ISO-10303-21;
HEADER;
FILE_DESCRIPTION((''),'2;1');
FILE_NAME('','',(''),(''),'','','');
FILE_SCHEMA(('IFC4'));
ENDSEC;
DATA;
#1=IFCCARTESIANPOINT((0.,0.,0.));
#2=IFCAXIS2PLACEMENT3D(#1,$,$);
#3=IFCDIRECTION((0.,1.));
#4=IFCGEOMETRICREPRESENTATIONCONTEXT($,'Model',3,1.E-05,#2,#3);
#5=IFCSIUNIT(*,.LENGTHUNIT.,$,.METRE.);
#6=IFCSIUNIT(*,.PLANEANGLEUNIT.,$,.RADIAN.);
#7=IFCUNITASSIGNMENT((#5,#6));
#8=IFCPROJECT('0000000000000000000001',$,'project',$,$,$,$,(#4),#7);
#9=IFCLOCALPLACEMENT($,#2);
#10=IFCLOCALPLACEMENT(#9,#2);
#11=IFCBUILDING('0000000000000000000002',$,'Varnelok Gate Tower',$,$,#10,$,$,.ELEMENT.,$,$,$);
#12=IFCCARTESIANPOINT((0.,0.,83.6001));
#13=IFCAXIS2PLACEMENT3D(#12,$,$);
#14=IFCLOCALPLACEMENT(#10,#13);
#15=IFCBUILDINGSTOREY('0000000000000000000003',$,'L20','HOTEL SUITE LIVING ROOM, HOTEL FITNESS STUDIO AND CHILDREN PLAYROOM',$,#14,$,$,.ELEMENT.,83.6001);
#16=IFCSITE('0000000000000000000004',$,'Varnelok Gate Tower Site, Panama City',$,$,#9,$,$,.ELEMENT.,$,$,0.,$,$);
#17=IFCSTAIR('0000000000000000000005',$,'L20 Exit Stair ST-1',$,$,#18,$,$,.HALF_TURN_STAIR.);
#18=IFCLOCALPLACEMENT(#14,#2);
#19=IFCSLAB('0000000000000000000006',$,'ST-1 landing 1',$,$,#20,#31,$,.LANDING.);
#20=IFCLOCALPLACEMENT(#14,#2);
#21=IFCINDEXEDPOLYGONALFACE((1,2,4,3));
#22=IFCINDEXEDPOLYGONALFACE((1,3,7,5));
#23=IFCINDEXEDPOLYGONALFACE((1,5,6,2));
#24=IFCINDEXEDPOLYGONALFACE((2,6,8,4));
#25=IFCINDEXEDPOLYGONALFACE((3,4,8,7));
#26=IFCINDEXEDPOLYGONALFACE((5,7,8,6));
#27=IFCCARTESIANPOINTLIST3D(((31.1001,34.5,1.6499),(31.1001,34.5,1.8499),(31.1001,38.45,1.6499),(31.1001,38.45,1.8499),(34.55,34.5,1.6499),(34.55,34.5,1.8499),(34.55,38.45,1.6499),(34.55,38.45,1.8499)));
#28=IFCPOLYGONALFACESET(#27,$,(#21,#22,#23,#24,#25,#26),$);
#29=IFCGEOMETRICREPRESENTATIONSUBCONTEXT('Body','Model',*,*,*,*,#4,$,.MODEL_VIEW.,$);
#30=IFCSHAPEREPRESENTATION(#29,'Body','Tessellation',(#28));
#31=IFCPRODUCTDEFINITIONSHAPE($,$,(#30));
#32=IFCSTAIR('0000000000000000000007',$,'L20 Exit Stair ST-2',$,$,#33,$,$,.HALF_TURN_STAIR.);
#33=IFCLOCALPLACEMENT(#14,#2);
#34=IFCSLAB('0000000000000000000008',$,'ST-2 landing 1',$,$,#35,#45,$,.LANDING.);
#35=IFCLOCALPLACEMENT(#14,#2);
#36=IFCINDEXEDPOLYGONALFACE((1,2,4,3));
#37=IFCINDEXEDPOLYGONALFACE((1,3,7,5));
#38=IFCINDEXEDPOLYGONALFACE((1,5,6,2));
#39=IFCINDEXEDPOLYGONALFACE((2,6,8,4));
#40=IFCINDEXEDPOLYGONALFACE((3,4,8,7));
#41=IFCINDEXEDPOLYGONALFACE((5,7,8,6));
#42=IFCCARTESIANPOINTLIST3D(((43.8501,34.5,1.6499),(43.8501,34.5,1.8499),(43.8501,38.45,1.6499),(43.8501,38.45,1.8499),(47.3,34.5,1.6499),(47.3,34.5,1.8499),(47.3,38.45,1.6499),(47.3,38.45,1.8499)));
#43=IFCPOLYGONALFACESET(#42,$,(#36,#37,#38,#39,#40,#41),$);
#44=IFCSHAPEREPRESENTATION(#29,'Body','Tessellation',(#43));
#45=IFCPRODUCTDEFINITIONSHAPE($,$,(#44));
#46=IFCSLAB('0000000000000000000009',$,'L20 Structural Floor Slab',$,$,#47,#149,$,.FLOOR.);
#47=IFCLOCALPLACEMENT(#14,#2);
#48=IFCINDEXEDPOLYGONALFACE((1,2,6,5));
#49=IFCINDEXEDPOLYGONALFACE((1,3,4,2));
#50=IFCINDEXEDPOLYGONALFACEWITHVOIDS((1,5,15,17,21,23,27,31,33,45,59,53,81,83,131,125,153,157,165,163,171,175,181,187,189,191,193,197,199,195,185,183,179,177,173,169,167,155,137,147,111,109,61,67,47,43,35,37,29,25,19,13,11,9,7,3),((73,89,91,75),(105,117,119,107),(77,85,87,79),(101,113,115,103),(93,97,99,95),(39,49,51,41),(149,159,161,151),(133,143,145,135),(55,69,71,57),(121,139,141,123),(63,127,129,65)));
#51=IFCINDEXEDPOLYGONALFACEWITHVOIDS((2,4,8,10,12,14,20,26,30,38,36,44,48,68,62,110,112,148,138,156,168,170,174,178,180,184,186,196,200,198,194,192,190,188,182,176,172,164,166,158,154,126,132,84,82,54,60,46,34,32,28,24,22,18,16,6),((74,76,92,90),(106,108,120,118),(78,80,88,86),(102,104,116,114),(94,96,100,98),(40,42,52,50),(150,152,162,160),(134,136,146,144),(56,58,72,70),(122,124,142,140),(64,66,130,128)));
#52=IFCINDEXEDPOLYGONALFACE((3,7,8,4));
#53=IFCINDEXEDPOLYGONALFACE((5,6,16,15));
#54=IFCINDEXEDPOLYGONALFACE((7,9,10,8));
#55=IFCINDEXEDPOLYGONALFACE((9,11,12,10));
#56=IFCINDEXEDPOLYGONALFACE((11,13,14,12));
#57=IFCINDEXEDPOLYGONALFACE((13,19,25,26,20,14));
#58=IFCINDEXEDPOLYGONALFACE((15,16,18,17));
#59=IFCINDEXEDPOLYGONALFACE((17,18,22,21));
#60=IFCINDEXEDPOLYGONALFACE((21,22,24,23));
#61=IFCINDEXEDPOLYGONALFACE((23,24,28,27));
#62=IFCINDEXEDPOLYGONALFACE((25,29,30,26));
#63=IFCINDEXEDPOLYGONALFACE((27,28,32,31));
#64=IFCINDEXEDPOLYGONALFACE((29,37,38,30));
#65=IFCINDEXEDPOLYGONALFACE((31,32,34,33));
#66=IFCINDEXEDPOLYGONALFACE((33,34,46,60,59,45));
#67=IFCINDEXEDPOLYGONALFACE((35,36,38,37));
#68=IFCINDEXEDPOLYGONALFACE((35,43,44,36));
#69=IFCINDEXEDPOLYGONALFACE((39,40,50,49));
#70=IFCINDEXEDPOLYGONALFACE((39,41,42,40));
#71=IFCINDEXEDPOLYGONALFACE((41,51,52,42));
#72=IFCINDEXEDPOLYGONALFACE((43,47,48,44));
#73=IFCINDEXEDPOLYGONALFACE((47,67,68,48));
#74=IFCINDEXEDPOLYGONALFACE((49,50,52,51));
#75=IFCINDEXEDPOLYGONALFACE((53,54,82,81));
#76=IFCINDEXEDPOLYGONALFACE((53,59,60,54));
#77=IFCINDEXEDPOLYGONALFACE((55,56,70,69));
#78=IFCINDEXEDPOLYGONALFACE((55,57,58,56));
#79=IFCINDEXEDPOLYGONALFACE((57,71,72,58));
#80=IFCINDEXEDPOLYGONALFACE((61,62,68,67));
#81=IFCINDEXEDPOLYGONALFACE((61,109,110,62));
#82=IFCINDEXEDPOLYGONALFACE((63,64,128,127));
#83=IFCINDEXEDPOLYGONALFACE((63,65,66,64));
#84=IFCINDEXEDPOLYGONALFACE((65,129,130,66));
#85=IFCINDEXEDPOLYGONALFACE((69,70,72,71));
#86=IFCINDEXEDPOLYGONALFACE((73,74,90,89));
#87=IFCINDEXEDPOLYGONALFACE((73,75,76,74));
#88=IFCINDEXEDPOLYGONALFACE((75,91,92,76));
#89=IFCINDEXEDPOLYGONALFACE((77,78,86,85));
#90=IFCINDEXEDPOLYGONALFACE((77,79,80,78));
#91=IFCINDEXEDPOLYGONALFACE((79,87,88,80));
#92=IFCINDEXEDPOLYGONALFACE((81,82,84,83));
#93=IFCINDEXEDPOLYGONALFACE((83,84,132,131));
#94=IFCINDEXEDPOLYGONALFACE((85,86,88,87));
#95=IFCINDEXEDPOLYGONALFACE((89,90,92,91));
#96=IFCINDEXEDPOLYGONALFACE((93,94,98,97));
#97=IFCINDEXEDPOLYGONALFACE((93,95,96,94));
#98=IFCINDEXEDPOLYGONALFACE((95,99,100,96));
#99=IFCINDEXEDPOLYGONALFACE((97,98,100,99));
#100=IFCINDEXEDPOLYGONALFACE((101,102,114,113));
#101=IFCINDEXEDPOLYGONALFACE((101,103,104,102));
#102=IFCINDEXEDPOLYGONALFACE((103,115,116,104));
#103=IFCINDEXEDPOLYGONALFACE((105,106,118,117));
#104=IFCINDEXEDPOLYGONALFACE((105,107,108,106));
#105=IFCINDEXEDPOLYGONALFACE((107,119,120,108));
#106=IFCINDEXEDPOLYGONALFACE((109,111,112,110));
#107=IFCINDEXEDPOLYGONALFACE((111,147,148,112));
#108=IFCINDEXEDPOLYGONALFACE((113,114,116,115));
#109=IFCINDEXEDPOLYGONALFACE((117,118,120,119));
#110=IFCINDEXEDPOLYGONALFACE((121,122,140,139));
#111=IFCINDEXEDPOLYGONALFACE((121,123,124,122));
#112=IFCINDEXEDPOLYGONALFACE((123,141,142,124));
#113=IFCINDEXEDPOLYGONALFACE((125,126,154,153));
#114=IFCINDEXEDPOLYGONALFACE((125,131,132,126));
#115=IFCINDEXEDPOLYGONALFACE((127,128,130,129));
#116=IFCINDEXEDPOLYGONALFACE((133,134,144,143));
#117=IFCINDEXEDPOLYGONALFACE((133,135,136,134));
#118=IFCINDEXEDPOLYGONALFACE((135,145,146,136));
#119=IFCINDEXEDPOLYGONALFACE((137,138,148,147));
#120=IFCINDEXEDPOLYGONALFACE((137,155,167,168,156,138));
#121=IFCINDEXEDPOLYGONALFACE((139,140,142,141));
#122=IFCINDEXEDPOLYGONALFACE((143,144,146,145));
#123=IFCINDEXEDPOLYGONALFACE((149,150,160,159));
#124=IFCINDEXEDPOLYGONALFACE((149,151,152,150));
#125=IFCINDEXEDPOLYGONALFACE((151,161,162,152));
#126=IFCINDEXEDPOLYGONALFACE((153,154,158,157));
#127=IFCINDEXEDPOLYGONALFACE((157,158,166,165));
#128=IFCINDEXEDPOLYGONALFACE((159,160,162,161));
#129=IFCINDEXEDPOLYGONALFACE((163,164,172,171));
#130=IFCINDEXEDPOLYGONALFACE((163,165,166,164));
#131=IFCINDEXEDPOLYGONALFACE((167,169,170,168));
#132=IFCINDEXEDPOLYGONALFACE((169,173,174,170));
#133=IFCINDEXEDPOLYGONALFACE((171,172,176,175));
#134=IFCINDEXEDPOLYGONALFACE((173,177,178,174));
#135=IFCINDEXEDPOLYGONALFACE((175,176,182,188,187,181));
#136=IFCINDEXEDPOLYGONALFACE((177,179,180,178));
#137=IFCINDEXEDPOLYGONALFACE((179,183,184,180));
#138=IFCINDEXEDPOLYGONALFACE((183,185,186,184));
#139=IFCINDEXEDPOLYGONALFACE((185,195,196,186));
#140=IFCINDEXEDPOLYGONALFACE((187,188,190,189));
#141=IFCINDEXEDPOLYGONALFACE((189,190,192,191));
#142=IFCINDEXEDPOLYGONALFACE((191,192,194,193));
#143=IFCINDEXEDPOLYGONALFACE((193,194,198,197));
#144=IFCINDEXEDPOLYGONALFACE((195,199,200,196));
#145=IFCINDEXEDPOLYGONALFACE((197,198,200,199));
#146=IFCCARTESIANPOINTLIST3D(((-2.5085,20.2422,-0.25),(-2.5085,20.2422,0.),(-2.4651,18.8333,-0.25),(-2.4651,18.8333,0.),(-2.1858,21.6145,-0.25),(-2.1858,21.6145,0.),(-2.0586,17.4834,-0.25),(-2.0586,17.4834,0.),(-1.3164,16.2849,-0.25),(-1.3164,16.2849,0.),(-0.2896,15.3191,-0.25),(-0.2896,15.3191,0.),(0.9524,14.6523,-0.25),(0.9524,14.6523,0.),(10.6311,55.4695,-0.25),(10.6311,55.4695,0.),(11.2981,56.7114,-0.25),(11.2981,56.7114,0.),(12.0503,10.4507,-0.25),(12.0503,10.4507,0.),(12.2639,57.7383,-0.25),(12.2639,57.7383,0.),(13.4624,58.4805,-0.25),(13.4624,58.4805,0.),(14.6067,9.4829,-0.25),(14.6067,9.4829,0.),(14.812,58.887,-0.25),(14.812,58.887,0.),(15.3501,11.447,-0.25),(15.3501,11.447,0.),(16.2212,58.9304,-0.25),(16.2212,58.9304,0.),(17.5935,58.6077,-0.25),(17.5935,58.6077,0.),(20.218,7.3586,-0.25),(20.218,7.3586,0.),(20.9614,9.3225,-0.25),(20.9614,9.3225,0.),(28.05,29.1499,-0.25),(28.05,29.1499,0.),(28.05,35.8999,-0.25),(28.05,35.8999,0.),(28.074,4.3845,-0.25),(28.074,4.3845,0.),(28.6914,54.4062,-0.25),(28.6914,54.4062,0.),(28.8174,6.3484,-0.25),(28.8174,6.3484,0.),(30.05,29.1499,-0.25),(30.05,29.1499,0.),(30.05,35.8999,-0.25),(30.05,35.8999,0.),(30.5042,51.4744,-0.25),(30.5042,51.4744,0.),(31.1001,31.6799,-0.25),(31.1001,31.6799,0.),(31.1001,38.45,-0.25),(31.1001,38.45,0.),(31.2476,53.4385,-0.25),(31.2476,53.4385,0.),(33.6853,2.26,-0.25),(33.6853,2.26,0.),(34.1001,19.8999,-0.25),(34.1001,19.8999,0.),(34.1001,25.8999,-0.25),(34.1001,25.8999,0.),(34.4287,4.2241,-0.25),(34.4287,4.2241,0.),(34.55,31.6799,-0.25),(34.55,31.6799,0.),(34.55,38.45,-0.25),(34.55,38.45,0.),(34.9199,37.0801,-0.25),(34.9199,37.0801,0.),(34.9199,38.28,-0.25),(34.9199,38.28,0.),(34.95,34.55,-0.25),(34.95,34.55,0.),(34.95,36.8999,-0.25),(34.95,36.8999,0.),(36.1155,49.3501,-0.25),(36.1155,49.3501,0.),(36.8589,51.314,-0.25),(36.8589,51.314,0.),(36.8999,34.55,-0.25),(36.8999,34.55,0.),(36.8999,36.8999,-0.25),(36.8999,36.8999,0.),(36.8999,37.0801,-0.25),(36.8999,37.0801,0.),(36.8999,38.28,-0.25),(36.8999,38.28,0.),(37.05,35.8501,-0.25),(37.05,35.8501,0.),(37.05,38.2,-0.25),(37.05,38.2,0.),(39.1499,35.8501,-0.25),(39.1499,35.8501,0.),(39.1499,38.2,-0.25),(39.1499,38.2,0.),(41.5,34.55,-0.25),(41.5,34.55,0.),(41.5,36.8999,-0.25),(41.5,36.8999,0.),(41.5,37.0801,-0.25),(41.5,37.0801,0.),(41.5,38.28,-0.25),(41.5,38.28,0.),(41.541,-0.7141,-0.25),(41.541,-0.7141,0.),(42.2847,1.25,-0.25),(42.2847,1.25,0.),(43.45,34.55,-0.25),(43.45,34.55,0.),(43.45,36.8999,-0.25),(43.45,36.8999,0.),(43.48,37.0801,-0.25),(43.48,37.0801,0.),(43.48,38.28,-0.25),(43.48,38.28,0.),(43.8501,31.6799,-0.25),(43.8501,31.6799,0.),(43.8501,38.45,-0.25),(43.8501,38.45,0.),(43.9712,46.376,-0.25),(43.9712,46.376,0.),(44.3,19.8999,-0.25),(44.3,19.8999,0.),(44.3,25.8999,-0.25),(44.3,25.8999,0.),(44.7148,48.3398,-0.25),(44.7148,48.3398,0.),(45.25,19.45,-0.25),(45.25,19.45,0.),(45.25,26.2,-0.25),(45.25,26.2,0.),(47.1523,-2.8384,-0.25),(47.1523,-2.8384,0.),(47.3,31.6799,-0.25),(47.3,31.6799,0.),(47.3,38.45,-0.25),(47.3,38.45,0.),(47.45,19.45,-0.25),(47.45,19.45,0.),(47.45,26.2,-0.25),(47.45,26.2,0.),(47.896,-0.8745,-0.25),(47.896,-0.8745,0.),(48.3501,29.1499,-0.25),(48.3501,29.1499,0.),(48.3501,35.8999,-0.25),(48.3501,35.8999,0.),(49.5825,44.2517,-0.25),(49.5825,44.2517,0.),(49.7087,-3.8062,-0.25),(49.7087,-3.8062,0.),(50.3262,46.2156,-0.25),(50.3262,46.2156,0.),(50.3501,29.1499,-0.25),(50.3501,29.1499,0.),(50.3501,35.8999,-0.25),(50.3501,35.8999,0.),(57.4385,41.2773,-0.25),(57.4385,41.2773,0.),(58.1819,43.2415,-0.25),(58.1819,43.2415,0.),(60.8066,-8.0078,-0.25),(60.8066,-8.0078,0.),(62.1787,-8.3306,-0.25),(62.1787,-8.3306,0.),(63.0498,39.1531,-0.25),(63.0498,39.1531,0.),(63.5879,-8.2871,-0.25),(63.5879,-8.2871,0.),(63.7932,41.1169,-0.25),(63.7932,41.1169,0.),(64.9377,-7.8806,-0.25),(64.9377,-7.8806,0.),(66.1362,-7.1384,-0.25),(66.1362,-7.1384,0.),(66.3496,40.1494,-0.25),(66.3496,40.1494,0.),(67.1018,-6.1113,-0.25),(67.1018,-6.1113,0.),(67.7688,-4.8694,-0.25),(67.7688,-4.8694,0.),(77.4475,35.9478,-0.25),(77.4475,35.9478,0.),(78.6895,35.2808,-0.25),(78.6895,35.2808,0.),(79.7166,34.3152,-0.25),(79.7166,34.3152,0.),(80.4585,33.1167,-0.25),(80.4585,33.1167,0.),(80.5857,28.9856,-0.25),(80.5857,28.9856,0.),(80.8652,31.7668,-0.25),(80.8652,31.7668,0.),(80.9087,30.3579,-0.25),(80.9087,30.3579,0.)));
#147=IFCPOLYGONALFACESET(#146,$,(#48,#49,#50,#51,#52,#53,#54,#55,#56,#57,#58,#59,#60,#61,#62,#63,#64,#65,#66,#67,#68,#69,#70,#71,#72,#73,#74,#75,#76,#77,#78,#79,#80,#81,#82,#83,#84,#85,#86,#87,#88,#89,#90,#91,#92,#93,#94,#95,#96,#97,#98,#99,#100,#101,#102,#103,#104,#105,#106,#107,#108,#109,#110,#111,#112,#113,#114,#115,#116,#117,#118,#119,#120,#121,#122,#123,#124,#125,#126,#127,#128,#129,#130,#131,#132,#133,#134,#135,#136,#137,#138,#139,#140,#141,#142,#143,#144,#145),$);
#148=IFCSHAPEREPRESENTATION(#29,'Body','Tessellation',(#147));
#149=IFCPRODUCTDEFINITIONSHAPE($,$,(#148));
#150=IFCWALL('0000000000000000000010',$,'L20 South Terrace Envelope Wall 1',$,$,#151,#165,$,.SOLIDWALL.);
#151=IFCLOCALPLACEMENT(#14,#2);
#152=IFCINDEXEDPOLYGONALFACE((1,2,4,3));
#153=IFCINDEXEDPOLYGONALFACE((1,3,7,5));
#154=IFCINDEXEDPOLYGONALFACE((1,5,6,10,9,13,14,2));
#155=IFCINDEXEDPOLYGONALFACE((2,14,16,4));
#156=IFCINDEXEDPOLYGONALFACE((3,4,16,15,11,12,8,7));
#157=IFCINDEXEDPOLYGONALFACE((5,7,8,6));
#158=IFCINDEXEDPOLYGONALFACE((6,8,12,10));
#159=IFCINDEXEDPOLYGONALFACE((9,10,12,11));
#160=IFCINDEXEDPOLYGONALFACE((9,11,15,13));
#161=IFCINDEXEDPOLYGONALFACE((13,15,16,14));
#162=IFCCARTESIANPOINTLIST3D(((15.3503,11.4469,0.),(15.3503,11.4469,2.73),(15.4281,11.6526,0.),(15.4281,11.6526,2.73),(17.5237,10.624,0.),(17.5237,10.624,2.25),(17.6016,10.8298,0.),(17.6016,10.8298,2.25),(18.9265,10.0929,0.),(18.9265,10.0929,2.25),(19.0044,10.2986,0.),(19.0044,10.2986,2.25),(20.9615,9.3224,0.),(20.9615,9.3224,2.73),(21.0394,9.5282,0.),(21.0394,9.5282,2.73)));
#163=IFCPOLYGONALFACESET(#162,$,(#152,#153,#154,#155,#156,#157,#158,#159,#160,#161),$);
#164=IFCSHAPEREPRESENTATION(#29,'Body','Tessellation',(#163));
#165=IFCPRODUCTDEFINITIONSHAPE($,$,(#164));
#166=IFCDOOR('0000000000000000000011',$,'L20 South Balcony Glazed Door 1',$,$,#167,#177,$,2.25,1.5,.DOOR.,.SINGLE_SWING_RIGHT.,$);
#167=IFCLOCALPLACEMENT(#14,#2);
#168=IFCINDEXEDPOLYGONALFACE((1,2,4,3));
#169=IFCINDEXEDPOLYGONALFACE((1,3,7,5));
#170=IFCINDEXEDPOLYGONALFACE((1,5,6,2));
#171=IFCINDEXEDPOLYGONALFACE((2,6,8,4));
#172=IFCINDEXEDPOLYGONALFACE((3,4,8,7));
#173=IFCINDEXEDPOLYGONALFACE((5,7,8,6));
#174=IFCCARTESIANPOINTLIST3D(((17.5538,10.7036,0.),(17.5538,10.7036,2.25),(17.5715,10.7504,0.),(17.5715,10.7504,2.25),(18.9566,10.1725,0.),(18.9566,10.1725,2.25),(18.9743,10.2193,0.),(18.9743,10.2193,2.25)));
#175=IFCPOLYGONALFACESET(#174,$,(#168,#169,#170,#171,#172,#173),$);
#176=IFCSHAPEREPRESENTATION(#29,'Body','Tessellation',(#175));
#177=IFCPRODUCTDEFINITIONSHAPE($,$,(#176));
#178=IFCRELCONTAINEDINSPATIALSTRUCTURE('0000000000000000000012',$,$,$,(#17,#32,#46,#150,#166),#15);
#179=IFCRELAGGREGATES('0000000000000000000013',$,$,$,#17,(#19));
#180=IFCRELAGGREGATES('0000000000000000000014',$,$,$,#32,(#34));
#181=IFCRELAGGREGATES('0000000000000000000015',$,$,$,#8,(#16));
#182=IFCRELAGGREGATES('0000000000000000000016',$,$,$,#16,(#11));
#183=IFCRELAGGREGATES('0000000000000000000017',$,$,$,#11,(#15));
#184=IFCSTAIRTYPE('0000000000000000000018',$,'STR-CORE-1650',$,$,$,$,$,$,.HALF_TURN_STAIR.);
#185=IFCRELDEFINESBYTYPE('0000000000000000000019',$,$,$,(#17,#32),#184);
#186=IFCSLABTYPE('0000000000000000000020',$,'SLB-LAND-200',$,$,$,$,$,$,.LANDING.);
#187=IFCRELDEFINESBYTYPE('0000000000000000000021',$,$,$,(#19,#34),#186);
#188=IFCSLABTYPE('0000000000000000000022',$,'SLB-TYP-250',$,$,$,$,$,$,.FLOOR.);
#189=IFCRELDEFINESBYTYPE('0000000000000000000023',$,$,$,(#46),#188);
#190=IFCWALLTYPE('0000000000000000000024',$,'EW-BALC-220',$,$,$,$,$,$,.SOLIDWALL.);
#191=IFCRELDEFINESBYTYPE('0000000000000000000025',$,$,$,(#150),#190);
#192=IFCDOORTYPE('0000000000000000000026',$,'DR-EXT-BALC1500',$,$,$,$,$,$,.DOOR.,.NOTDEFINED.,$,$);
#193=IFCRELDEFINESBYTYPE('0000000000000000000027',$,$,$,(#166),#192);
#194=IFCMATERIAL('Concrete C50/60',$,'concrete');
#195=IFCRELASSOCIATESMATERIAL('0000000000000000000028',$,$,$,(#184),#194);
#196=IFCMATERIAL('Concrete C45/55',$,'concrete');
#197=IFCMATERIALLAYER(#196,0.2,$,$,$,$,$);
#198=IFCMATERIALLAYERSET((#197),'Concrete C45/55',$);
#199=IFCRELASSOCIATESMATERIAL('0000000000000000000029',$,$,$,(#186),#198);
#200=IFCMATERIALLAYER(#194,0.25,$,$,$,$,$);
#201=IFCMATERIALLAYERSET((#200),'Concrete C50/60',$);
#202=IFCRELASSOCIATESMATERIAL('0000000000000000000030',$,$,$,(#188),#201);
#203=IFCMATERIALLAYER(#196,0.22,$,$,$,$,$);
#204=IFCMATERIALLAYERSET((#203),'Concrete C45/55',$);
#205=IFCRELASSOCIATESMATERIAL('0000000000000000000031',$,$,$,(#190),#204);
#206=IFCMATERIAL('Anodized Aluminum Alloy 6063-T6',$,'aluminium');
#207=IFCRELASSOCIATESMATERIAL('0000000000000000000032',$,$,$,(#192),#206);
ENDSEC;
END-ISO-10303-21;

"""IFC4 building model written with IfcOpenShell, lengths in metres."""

from ifc_helpers import new_model, si_unit, direction, frame, frame_2d, origin, place, context, subcontext, project, spatial, polyline, rectangle, outline, extrude, material, layer, layer_set, type_object, element, fill, aggregate, save


model = new_model("IFC4")

# Units and contexts
model_context = context("Model", 3, precision=1e-05, world=origin(), true_north=direction((0.0, 1.0)))
body_context = subcontext(model_context, "Body", "Model", "MODEL_VIEW")
ifc_project = project(units=[si_unit("LENGTHUNIT", "METRE"), si_unit("PLANEANGLEUNIT", "RADIAN")], contexts=[model_context])

# Site, building, storey
site_placement = place(None, origin())
site = spatial("IfcSite", under=ifc_project, at=site_placement, Name="Varnelok Gate Tower Site, Panama City", CompositionType="ELEMENT", RefElevation=0.0)
building_placement = place(site_placement, origin())
building = spatial("IfcBuilding", under=site, at=building_placement, Name="Varnelok Gate Tower", CompositionType="ELEMENT")
storey_placement = place(building_placement, frame((0.0, 0.0, 83.6001)))
storey = spatial("IfcBuildingStorey", under=building, at=storey_placement, Name="L20", Description="HOTEL SUITE LIVING ROOM, HOTEL FITNESS STUDIO AND CHILDREN PLAYROOM", CompositionType="ELEMENT", Elevation=83.6001)

# Shared definitions
ifc_material_1 = material(Name="Concrete C45/55", Category="concrete")

# Stairs, slabs
ifc_material_2 = material(Name="Concrete C50/60", Category="concrete")
stair_type = type_object("IfcStairType", Name="STR-CORE-1650", PredefinedType="HALF_TURN_STAIR", material=ifc_material_2)
stair_1_placement = place(storey_placement, origin())
stair_1 = element("IfcStair", 1, at=stair_1_placement, inside=storey, type_object=stair_type, Name="L20 Exit Stair ST-1", PredefinedType="HALF_TURN_STAIR")
ifc_layer_1 = layer(ifc_material_1, 0.2)
ifc_layer_set_1 = layer_set([ifc_layer_1], Name="Concrete C45/55")
slab_type_1 = type_object("IfcSlabType", Name="SLB-LAND-200", PredefinedType="LANDING", material=ifc_layer_set_1)
slab_1_placement = place(storey_placement, frame((0.0, 0.0, 1.6499)))
slab_1 = element("IfcSlab", 2, at=slab_1_placement, type_object=slab_type_1, Name="ST-1 landing 1", PredefinedType="LANDING", context=body_context, shape_type="SweptSolid", body=[
    extrude(outline(polyline([(34.55, 34.5), (34.55, 38.45), (31.1001, 38.45), (31.1001, 34.5), (34.55, 34.5)])), origin(), (0.0, 0.0, 1.0), 0.2),
])
aggregate(stair_1, [slab_1])
stair_2_placement = place(storey_placement, origin())
stair_2 = element("IfcStair", 3, at=stair_2_placement, inside=storey, type_object=stair_type, Name="L20 Exit Stair ST-2", PredefinedType="HALF_TURN_STAIR")
slab_2_placement = place(storey_placement, frame((0.0, 0.0, 1.6499)))
slab_2 = element("IfcSlab", 4, at=slab_2_placement, type_object=slab_type_1, Name="ST-2 landing 1", PredefinedType="LANDING", context=body_context, shape_type="SweptSolid", body=[
    extrude(outline(polyline([(47.3, 34.5), (47.3, 38.45), (43.8501, 38.45), (43.8501, 34.5), (47.3, 34.5)])), origin(), (0.0, 0.0, 1.0), 0.2),
])
aggregate(stair_2, [slab_2])

# Slab
ifc_layer_2 = layer(ifc_material_2, 0.25)
ifc_layer_set_2 = layer_set([ifc_layer_2], Name="Concrete C50/60")
slab_type_2 = type_object("IfcSlabType", Name="SLB-TYP-250", PredefinedType="FLOOR", material=ifc_layer_set_2)
slab_3_placement = place(storey_placement, frame((0.0, 0.0, -0.25)))
element("IfcSlab", 5, at=slab_3_placement, inside=storey, type_object=slab_type_2, Name="L20 Structural Floor Slab", PredefinedType="FLOOR", context=body_context, shape_type="SweptSolid", body=[
    extrude(outline(polyline([(-2.1858, 21.6145), (-2.5085, 20.2422), (-2.4651, 18.8333), (-2.0586, 17.4834), (-1.3164, 16.2849), (-0.2896, 15.3191), (0.9524, 14.6523), (12.0503, 10.4507), (14.6067, 9.4829), (15.3501, 11.447), (20.9614, 9.3225), (20.218, 7.3586), (28.074, 4.3845), (28.8174, 6.3484), (34.4287, 4.2241), (33.6853, 2.26), (41.541, -0.7141), (42.2847, 1.25), (47.896, -0.8745), (47.1523, -2.8384), (49.7087, -3.8062), (60.8066, -8.0078), (62.1787, -8.3306), (63.5879, -8.2871), (64.9377, -7.8806), (66.1362, -7.1384), (67.1018, -6.1113), (67.7688, -4.8694), (80.5857, 28.9856), (80.9087, 30.3579), (80.8652, 31.7668), (80.4585, 33.1167), (79.7166, 34.3152), (78.6895, 35.2808), (77.4475, 35.9478), (66.3496, 40.1494), (63.7932, 41.1169), (63.0498, 39.1531), (57.4385, 41.2773), (58.1819, 43.2415), (50.3262, 46.2156), (49.5825, 44.2517), (43.9712, 46.376), (44.7148, 48.3398), (36.8589, 51.314), (36.1155, 49.3501), (30.5042, 51.4744), (31.2476, 53.4385), (28.6914, 54.4062), (17.5935, 58.6077), (16.2212, 58.9304), (14.812, 58.887), (13.4624, 58.4805), (12.2639, 57.7383), (11.2981, 56.7114), (10.6311, 55.4695), (-2.1858, 21.6145)]), holes=[polyline([(34.55, 31.6799), (34.55, 38.45), (31.1001, 38.45), (31.1001, 31.6799), (34.55, 31.6799)]), polyline([(47.3, 31.6799), (47.3, 38.45), (43.8501, 38.45), (43.8501, 31.6799), (47.3, 31.6799)]), polyline([(34.95, 34.55), (36.8999, 34.55), (36.8999, 36.8999), (34.95, 36.8999), (34.95, 34.55)]), polyline([(41.5, 34.55), (43.45, 34.55), (43.45, 36.8999), (41.5, 36.8999), (41.5, 34.55)]), polyline([(37.05, 35.8501), (39.1499, 35.8501), (39.1499, 38.2), (37.05, 38.2), (37.05, 35.8501)]), polyline([(28.05, 29.1499), (30.05, 29.1499), (30.05, 35.8999), (28.05, 35.8999), (28.05, 29.1499)]), polyline([(48.3501, 29.1499), (50.3501, 29.1499), (50.3501, 35.8999), (48.3501, 35.8999), (48.3501, 29.1499)]), polyline([(45.25, 19.45), (47.45, 19.45), (47.45, 26.2), (45.25, 26.2), (45.25, 19.45)]), polyline([(34.9199, 37.0801), (36.8999, 37.0801), (36.8999, 38.28), (34.9199, 38.28), (34.9199, 37.0801)]), polyline([(41.5, 37.0801), (43.48, 37.0801), (43.48, 38.28), (41.5, 38.28), (41.5, 37.0801)]), polyline([(34.1001, 19.8999), (44.3, 19.8999), (44.3, 25.8999), (34.1001, 25.8999), (34.1001, 19.8999)])]), origin(), (0.0, 0.0, 1.0), 0.25),
])

# Wall, opening, door
ifc_layer_3 = layer(ifc_material_1, 0.22)
ifc_layer_set_3 = layer_set([ifc_layer_3], Name="Concrete C45/55")
wall_type_1 = type_object("IfcWallType", Name="EW-BALC-220", PredefinedType="SOLIDWALL", material=ifc_layer_set_3)
wall_1_placement = place(storey_placement, frame((21.0005, 9.4253, 0.0), z_axis=(0.0, 0.0, 1.0), x_axis=(-0.935214, 0.354083, 0.0)))
wall_1 = element("IfcWall", 6, at=wall_1_placement, inside=storey, type_object=wall_type_1, Name="L20 South Terrace Envelope Wall 1", PredefinedType="SOLIDWALL", context=body_context, shape_type="SweptSolid", body=[
    extrude(rectangle(XDim=6.0, YDim=0.22, at=frame_2d((3.0, 0.0))), origin(), (0.0, 0.0, 1.0), 2.73),
])
opening_1_placement = place(wall_1_placement, frame((2.176, 0.0, 0.0)))
opening_1 = element("IfcOpeningElement", 7, at=opening_1_placement, cuts=wall_1, PredefinedType="OPENING", context=body_context, shape_type="SweptSolid", body=[
    extrude(rectangle(XDim=1.5, YDim=2.25, at=frame_2d((0.75, 1.125))), frame((0.0, 0.1199, 0.0), z_axis=(0.0, -1.0, 0.0), x_axis=(1.0, 0.0, 0.0)), (0.0, 0.0, 1.0), 0.24),
])
ifc_material_3 = material(Name="Anodized Aluminum Alloy 6063-T6", Category="aluminium")
door_type = type_object("IfcDoorType", Name="DR-EXT-BALC1500", OperationType="NOTDEFINED", PredefinedType="DOOR", material=ifc_material_3)
door_placement = place(opening_1_placement, origin())
door = element("IfcDoor", 8, at=door_placement, inside=storey, type_object=door_type, Name="L20 South Balcony Glazed Door 1", OperationType="SINGLE_SWING_RIGHT", OverallHeight=2.25, OverallWidth=1.5, PredefinedType="DOOR", context=body_context, shape_type="SweptSolid", body=[
    extrude(rectangle(XDim=1.5, YDim=2.25, at=frame_2d((0.75, 1.125))), frame((0.0, 0.0249, 0.0), z_axis=(0.0, -1.0, 0.0), x_axis=(1.0, 0.0, 0.0)), (0.0, 0.0, 1.0), 0.05),
])
fill(opening_1, door)

save(model, "model.ifc")
